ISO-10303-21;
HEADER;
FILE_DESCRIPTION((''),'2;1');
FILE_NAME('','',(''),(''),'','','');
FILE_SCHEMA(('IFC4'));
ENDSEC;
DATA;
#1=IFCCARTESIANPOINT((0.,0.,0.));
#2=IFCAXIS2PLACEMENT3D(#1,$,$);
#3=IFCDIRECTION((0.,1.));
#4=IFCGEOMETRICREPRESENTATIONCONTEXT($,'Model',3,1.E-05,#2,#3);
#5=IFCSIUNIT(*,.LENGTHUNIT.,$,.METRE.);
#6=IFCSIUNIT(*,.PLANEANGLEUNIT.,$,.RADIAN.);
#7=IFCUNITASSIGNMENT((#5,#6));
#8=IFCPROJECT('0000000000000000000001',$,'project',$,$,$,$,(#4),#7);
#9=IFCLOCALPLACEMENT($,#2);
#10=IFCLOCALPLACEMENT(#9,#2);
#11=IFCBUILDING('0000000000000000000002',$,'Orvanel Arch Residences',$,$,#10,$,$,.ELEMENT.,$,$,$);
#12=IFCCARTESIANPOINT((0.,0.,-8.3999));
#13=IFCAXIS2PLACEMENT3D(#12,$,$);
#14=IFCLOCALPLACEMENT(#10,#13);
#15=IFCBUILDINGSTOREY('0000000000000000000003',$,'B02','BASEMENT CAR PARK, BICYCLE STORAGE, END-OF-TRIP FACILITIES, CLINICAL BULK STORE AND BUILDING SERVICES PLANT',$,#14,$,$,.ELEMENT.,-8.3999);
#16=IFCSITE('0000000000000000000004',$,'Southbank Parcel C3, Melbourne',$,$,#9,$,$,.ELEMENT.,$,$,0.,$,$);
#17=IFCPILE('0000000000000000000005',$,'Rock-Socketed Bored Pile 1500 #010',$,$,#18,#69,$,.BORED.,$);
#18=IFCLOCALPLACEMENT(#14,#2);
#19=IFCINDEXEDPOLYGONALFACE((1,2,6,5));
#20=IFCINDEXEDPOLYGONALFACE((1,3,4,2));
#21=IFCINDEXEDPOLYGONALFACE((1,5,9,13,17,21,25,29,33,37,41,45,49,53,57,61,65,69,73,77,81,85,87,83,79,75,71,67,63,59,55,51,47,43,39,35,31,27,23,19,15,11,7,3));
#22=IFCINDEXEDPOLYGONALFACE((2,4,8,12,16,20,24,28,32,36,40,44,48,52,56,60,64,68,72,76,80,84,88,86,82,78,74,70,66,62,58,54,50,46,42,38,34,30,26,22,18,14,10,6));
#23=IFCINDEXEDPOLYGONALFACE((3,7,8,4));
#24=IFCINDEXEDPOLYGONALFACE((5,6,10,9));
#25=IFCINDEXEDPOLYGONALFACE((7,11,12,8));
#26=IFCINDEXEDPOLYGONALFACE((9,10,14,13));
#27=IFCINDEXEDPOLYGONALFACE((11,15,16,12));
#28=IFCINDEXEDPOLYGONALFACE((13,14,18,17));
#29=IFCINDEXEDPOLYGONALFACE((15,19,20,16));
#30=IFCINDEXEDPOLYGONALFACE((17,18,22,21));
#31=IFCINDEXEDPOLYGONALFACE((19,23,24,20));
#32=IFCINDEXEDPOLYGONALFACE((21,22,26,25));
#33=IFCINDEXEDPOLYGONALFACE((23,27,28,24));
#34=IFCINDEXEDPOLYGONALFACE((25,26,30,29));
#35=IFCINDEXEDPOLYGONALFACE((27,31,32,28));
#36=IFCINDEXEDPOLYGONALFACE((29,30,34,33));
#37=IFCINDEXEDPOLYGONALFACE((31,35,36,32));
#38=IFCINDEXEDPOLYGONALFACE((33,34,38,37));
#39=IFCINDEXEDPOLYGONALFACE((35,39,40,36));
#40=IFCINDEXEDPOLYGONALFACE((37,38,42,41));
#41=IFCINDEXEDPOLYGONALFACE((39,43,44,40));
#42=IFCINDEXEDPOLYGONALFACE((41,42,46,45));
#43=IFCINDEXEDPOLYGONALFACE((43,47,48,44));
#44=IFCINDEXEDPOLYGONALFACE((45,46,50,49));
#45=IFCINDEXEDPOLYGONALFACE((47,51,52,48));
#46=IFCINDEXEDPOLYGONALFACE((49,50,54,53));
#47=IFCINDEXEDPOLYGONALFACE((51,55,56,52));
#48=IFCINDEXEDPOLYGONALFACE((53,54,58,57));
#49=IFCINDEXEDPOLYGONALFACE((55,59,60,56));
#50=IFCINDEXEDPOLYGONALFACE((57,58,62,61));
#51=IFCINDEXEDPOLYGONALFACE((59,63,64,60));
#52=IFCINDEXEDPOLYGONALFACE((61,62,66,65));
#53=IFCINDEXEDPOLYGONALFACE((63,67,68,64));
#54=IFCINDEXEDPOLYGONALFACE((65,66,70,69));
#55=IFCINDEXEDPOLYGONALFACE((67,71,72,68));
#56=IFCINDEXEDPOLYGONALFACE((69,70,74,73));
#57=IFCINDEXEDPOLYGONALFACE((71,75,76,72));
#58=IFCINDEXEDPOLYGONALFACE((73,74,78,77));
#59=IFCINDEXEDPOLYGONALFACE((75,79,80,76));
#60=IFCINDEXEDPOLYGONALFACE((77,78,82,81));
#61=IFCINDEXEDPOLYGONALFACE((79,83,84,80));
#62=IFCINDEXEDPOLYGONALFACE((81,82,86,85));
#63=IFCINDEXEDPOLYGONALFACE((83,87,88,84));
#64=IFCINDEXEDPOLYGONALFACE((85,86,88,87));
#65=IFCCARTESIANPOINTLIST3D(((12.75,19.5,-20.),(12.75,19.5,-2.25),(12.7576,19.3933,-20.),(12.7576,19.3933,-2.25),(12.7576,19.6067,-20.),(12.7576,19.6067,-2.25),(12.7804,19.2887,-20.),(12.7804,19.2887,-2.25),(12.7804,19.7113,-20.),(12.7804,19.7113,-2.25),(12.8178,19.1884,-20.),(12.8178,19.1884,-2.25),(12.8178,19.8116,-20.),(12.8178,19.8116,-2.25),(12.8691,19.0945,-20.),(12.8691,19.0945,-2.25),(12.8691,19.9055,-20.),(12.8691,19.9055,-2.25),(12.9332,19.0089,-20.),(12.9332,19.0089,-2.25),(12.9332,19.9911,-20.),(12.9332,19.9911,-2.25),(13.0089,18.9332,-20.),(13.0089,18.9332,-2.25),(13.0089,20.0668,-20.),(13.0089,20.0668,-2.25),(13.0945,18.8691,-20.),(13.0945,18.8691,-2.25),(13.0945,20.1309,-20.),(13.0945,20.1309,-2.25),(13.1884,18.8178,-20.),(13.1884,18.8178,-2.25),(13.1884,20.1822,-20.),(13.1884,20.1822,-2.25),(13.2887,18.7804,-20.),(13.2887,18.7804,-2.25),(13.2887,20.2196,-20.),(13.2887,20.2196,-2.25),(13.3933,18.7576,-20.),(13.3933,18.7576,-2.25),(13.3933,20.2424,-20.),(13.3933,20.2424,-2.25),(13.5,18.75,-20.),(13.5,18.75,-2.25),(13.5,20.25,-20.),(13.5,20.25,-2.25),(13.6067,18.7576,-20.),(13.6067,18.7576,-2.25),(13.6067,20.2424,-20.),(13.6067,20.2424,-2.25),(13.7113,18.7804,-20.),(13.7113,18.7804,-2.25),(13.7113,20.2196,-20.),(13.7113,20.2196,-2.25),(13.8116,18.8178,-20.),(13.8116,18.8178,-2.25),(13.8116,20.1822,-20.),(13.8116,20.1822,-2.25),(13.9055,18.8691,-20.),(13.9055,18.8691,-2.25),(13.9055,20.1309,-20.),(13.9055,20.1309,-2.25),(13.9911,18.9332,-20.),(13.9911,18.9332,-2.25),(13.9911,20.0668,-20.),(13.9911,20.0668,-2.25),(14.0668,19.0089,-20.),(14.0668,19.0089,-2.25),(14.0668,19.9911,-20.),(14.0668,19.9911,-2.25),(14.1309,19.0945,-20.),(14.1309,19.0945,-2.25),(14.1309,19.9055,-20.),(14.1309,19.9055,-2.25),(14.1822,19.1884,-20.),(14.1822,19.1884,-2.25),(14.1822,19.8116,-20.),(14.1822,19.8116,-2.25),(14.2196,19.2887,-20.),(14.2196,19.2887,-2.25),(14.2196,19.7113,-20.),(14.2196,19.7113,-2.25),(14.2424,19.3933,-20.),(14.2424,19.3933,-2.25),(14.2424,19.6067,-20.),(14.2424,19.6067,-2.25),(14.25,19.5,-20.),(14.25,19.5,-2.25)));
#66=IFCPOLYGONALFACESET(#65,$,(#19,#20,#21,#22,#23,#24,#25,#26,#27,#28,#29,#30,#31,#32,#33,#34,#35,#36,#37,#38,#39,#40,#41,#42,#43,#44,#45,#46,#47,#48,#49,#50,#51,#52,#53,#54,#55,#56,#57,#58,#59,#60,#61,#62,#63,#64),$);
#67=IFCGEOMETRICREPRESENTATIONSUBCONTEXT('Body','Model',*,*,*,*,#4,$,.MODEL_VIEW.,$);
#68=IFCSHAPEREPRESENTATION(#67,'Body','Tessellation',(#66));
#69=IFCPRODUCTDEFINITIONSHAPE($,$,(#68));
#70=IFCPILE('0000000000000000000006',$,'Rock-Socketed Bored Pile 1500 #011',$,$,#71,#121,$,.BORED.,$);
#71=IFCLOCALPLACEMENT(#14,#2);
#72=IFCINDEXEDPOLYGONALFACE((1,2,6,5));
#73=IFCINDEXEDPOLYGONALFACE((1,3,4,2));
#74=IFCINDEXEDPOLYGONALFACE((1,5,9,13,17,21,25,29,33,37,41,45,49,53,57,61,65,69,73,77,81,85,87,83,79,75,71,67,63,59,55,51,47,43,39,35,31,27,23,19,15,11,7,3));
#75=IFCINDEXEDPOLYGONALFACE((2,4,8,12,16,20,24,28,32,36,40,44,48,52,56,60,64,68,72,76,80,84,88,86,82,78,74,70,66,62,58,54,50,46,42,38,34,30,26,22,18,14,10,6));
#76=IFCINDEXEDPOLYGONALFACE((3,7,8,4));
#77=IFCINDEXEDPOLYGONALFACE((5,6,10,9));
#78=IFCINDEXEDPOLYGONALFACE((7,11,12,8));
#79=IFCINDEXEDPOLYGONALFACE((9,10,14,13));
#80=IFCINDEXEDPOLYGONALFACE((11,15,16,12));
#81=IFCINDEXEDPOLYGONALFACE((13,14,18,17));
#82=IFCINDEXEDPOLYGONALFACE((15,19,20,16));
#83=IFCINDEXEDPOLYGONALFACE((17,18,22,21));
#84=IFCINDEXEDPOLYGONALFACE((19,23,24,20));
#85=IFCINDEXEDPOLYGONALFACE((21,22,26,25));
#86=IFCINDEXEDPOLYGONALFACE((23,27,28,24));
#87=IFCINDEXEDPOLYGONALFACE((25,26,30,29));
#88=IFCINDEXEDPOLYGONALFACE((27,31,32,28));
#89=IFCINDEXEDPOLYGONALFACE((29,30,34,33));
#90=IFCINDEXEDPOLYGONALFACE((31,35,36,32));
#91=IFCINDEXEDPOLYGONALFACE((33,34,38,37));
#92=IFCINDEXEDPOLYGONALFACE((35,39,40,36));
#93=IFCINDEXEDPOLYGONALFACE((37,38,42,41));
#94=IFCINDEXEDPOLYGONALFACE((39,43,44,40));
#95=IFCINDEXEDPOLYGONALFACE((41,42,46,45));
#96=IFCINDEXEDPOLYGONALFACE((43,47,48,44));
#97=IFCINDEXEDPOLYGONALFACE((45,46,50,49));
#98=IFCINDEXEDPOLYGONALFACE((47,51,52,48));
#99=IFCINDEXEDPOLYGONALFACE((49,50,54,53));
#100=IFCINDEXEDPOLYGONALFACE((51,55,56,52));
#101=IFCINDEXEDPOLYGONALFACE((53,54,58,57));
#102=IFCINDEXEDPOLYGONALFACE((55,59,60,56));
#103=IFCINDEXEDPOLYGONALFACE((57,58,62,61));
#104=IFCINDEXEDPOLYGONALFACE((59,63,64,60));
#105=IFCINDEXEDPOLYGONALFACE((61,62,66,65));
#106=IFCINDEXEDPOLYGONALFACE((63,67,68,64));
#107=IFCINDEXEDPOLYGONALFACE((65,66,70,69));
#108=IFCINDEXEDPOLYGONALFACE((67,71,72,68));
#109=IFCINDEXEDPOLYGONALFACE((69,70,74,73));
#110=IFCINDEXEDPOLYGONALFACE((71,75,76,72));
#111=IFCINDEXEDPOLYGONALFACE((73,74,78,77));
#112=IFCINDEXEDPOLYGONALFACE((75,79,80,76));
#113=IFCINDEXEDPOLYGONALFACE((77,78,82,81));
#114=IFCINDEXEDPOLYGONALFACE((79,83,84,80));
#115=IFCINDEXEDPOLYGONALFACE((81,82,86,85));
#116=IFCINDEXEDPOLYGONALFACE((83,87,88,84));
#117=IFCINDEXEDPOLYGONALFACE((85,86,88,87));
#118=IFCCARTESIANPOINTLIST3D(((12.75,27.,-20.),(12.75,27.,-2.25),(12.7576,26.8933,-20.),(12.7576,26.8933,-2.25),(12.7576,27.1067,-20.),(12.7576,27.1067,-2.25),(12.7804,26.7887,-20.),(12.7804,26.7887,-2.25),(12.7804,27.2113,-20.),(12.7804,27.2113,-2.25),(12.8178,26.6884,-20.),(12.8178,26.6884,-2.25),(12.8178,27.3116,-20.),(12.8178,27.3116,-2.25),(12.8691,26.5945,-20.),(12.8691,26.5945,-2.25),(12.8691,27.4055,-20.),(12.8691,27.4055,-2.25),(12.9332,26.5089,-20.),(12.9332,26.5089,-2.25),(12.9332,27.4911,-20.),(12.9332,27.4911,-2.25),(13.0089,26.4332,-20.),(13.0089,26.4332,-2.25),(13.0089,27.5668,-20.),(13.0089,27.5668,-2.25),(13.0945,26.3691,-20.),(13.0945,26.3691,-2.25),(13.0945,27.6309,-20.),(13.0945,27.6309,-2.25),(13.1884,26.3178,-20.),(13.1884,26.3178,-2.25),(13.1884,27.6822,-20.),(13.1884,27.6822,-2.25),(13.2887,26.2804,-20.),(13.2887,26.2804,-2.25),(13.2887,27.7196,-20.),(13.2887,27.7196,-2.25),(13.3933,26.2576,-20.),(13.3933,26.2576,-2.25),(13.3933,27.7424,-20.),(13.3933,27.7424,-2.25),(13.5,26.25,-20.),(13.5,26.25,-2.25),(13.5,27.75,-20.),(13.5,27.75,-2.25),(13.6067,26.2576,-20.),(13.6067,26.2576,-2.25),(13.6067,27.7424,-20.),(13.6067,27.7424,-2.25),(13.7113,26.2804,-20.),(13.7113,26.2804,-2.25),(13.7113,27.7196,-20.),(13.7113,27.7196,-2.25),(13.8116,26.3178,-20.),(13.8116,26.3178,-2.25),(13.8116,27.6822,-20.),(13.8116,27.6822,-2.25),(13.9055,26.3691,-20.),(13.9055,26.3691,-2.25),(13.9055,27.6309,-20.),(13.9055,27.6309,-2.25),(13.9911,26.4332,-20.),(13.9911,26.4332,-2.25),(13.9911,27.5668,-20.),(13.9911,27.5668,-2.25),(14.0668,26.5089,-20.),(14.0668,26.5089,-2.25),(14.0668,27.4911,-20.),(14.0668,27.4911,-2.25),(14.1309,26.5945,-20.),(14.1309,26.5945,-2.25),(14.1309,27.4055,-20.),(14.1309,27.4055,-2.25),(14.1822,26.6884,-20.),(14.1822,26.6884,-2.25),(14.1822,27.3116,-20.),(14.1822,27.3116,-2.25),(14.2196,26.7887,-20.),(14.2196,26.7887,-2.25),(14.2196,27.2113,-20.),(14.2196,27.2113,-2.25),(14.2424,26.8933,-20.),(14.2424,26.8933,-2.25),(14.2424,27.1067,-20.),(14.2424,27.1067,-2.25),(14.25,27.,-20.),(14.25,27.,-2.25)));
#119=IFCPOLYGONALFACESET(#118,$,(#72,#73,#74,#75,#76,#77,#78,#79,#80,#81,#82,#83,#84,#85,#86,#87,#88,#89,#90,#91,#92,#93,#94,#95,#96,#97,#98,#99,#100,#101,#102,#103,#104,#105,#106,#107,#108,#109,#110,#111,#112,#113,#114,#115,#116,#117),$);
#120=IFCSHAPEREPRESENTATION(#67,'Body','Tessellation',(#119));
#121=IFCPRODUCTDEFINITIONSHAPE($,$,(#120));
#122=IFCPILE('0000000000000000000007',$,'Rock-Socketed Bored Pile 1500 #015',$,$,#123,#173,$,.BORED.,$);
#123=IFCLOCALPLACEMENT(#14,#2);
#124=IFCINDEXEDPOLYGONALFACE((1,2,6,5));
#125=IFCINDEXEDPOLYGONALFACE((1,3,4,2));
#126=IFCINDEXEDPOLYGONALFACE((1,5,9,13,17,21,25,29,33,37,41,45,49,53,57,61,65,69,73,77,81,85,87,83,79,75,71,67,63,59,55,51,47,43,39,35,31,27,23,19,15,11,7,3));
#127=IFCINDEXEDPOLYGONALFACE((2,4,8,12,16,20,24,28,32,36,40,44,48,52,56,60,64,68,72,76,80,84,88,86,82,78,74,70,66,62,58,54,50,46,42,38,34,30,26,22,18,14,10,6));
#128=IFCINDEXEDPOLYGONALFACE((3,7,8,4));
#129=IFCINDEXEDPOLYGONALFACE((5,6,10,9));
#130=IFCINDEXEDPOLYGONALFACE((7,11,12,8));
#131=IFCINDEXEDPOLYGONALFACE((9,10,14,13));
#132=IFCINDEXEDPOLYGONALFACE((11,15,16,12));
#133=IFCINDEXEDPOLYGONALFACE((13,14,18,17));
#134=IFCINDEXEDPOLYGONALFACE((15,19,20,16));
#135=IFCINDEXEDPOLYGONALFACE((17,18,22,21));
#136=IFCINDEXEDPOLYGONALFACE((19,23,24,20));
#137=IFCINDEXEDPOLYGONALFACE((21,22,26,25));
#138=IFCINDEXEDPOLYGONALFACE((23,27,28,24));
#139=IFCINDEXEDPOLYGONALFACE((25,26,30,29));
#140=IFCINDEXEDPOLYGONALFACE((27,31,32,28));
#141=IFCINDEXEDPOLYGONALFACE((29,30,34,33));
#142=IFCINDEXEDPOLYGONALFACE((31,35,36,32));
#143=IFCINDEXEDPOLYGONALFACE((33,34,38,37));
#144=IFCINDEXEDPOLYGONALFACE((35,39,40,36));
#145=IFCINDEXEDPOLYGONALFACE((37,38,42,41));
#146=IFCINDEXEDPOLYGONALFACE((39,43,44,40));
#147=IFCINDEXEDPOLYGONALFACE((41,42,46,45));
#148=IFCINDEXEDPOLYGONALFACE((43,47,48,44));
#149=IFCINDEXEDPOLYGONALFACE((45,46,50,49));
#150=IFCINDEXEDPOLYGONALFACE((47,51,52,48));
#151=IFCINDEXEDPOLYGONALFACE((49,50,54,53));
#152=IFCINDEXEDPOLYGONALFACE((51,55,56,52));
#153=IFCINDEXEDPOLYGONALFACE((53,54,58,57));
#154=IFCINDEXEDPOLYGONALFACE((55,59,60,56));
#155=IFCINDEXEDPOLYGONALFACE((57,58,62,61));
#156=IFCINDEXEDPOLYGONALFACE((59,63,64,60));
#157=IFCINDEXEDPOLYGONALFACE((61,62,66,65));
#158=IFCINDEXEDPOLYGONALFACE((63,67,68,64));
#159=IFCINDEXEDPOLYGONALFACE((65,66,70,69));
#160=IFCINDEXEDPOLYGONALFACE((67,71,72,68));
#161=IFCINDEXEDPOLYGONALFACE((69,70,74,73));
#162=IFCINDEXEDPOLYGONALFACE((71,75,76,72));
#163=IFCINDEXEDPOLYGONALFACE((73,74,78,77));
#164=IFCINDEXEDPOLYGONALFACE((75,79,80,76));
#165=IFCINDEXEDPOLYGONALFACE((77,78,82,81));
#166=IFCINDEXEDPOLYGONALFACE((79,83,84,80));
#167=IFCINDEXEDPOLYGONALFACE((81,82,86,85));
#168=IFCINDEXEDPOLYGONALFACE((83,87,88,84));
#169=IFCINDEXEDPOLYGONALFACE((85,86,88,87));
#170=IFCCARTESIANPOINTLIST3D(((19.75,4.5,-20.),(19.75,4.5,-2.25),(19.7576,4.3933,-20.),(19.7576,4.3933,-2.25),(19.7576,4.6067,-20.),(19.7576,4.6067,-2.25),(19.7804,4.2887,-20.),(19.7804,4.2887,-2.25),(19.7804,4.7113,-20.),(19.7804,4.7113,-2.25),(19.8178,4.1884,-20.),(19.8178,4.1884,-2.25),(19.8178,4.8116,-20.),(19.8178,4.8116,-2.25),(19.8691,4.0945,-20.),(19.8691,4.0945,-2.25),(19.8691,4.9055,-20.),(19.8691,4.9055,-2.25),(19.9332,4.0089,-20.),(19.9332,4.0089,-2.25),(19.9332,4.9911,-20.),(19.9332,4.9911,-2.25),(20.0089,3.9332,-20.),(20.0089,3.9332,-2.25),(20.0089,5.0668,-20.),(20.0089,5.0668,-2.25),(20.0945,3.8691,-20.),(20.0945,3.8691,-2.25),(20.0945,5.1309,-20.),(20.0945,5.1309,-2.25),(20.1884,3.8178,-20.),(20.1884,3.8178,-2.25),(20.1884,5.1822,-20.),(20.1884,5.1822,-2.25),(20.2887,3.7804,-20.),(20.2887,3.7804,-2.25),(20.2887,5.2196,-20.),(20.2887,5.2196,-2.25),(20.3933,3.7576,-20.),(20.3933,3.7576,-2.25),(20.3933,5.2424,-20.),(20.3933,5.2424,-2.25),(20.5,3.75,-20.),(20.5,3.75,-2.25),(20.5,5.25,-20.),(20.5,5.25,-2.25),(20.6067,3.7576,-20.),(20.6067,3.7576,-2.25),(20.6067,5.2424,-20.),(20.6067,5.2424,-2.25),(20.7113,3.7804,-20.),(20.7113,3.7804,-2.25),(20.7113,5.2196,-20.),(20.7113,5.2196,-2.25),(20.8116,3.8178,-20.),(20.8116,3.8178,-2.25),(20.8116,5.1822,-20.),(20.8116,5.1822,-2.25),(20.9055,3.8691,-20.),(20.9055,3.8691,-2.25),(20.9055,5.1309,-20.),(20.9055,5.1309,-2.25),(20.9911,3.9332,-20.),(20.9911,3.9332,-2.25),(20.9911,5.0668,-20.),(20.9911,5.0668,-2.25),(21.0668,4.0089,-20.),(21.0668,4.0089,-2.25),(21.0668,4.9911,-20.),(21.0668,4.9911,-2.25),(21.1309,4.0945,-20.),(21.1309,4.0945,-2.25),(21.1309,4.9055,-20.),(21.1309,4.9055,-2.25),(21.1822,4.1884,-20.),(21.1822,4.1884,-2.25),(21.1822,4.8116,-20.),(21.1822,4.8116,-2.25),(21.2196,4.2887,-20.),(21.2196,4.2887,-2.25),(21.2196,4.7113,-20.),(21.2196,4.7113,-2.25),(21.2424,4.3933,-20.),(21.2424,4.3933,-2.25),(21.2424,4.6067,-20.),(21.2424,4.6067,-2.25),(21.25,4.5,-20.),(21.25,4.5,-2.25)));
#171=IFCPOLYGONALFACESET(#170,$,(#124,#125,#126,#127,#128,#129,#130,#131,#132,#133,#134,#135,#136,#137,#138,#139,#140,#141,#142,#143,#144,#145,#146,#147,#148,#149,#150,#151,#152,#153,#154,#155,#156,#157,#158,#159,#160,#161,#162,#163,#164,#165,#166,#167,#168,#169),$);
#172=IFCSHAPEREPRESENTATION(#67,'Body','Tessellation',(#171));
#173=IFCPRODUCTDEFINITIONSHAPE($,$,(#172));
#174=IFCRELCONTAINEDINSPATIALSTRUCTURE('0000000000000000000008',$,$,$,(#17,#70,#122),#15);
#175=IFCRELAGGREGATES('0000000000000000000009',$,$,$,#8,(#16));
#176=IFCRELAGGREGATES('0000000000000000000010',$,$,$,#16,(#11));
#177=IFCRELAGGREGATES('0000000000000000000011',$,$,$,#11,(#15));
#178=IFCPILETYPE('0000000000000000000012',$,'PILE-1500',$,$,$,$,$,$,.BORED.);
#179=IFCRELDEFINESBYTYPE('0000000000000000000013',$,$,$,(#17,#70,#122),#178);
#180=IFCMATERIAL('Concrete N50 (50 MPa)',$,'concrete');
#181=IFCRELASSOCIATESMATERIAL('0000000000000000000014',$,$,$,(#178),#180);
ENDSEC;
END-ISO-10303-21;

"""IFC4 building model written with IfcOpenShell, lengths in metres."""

from ifc_helpers import new_model, si_unit, direction, frame, origin, origin_2d, place, context, subcontext, project, spatial, circle, extrude, material, material_profile, profile_set, type_object, element, save


model = new_model("IFC4")

# Units and contexts
model_context = context("Model", 3, precision=1e-05, world=origin(), true_north=direction((0.0, 1.0)))
body_context = subcontext(model_context, "Body", "Model", "MODEL_VIEW")
ifc_project = project(units=[si_unit("LENGTHUNIT", "METRE"), si_unit("PLANEANGLEUNIT", "RADIAN")], contexts=[model_context])

# Site, building, storey
site_placement = place(None, origin())
site = spatial("IfcSite", under=ifc_project, at=site_placement, Name="Southbank Parcel C3, Melbourne", CompositionType="ELEMENT", RefElevation=0.0)
building_placement = place(site_placement, origin())
building = spatial("IfcBuilding", under=site, at=building_placement, Name="Orvanel Arch Residences", CompositionType="ELEMENT")
storey_placement = place(building_placement, frame((0.0, 0.0, -8.3999)))
storey = spatial("IfcBuildingStorey", under=building, at=storey_placement, Name="B02", Description="BASEMENT CAR PARK, BICYCLE STORAGE, END-OF-TRIP FACILITIES, CLINICAL BULK STORE AND BUILDING SERVICES PLANT", CompositionType="ELEMENT", Elevation=-8.3999)

# Piles
ifc_material_1 = material(Name="Concrete N50 (50 MPa)", Category="concrete")
ifc_material_profile_1 = material_profile(ifc_material_1, circle(Radius=0.75, at=origin_2d()), Name="PILE1500")
ifc_profile_set_1 = profile_set([ifc_material_profile_1], Name="Concrete N50 (50 MPa)")
pile_type = type_object("IfcPileType", Name="PILE-1500", PredefinedType="BORED", material=ifc_profile_set_1)
for number, where, z_axis, x_axis, name in (
    (1, (13.5, 19.5, -2.25), (0.0, 0.0, -1.0), (1.0, 0.0, 0.0), "Rock-Socketed Bored Pile 1500 #010"),
    (2, (13.5, 27.0, -2.25), (0.0, 0.0, -1.0), (1.0, 0.0, 0.0), "Rock-Socketed Bored Pile 1500 #011"),
    (3, (20.5, 4.5, -2.25), (0.0, 0.0, -1.0), (1.0, 0.0, 0.0), "Rock-Socketed Bored Pile 1500 #015"),
):
    element("IfcPile", number, at=place(storey_placement, frame(where, z_axis=z_axis, x_axis=x_axis)), inside=storey, type_object=pile_type, Name=name, PredefinedType="BORED", context=body_context, shape_type="SweptSolid", body=[
        extrude(circle(Radius=0.75, at=origin_2d()), origin(), (0.0, 0.0, 1.0), 17.75),
    ])

save(model, "model.ifc")
